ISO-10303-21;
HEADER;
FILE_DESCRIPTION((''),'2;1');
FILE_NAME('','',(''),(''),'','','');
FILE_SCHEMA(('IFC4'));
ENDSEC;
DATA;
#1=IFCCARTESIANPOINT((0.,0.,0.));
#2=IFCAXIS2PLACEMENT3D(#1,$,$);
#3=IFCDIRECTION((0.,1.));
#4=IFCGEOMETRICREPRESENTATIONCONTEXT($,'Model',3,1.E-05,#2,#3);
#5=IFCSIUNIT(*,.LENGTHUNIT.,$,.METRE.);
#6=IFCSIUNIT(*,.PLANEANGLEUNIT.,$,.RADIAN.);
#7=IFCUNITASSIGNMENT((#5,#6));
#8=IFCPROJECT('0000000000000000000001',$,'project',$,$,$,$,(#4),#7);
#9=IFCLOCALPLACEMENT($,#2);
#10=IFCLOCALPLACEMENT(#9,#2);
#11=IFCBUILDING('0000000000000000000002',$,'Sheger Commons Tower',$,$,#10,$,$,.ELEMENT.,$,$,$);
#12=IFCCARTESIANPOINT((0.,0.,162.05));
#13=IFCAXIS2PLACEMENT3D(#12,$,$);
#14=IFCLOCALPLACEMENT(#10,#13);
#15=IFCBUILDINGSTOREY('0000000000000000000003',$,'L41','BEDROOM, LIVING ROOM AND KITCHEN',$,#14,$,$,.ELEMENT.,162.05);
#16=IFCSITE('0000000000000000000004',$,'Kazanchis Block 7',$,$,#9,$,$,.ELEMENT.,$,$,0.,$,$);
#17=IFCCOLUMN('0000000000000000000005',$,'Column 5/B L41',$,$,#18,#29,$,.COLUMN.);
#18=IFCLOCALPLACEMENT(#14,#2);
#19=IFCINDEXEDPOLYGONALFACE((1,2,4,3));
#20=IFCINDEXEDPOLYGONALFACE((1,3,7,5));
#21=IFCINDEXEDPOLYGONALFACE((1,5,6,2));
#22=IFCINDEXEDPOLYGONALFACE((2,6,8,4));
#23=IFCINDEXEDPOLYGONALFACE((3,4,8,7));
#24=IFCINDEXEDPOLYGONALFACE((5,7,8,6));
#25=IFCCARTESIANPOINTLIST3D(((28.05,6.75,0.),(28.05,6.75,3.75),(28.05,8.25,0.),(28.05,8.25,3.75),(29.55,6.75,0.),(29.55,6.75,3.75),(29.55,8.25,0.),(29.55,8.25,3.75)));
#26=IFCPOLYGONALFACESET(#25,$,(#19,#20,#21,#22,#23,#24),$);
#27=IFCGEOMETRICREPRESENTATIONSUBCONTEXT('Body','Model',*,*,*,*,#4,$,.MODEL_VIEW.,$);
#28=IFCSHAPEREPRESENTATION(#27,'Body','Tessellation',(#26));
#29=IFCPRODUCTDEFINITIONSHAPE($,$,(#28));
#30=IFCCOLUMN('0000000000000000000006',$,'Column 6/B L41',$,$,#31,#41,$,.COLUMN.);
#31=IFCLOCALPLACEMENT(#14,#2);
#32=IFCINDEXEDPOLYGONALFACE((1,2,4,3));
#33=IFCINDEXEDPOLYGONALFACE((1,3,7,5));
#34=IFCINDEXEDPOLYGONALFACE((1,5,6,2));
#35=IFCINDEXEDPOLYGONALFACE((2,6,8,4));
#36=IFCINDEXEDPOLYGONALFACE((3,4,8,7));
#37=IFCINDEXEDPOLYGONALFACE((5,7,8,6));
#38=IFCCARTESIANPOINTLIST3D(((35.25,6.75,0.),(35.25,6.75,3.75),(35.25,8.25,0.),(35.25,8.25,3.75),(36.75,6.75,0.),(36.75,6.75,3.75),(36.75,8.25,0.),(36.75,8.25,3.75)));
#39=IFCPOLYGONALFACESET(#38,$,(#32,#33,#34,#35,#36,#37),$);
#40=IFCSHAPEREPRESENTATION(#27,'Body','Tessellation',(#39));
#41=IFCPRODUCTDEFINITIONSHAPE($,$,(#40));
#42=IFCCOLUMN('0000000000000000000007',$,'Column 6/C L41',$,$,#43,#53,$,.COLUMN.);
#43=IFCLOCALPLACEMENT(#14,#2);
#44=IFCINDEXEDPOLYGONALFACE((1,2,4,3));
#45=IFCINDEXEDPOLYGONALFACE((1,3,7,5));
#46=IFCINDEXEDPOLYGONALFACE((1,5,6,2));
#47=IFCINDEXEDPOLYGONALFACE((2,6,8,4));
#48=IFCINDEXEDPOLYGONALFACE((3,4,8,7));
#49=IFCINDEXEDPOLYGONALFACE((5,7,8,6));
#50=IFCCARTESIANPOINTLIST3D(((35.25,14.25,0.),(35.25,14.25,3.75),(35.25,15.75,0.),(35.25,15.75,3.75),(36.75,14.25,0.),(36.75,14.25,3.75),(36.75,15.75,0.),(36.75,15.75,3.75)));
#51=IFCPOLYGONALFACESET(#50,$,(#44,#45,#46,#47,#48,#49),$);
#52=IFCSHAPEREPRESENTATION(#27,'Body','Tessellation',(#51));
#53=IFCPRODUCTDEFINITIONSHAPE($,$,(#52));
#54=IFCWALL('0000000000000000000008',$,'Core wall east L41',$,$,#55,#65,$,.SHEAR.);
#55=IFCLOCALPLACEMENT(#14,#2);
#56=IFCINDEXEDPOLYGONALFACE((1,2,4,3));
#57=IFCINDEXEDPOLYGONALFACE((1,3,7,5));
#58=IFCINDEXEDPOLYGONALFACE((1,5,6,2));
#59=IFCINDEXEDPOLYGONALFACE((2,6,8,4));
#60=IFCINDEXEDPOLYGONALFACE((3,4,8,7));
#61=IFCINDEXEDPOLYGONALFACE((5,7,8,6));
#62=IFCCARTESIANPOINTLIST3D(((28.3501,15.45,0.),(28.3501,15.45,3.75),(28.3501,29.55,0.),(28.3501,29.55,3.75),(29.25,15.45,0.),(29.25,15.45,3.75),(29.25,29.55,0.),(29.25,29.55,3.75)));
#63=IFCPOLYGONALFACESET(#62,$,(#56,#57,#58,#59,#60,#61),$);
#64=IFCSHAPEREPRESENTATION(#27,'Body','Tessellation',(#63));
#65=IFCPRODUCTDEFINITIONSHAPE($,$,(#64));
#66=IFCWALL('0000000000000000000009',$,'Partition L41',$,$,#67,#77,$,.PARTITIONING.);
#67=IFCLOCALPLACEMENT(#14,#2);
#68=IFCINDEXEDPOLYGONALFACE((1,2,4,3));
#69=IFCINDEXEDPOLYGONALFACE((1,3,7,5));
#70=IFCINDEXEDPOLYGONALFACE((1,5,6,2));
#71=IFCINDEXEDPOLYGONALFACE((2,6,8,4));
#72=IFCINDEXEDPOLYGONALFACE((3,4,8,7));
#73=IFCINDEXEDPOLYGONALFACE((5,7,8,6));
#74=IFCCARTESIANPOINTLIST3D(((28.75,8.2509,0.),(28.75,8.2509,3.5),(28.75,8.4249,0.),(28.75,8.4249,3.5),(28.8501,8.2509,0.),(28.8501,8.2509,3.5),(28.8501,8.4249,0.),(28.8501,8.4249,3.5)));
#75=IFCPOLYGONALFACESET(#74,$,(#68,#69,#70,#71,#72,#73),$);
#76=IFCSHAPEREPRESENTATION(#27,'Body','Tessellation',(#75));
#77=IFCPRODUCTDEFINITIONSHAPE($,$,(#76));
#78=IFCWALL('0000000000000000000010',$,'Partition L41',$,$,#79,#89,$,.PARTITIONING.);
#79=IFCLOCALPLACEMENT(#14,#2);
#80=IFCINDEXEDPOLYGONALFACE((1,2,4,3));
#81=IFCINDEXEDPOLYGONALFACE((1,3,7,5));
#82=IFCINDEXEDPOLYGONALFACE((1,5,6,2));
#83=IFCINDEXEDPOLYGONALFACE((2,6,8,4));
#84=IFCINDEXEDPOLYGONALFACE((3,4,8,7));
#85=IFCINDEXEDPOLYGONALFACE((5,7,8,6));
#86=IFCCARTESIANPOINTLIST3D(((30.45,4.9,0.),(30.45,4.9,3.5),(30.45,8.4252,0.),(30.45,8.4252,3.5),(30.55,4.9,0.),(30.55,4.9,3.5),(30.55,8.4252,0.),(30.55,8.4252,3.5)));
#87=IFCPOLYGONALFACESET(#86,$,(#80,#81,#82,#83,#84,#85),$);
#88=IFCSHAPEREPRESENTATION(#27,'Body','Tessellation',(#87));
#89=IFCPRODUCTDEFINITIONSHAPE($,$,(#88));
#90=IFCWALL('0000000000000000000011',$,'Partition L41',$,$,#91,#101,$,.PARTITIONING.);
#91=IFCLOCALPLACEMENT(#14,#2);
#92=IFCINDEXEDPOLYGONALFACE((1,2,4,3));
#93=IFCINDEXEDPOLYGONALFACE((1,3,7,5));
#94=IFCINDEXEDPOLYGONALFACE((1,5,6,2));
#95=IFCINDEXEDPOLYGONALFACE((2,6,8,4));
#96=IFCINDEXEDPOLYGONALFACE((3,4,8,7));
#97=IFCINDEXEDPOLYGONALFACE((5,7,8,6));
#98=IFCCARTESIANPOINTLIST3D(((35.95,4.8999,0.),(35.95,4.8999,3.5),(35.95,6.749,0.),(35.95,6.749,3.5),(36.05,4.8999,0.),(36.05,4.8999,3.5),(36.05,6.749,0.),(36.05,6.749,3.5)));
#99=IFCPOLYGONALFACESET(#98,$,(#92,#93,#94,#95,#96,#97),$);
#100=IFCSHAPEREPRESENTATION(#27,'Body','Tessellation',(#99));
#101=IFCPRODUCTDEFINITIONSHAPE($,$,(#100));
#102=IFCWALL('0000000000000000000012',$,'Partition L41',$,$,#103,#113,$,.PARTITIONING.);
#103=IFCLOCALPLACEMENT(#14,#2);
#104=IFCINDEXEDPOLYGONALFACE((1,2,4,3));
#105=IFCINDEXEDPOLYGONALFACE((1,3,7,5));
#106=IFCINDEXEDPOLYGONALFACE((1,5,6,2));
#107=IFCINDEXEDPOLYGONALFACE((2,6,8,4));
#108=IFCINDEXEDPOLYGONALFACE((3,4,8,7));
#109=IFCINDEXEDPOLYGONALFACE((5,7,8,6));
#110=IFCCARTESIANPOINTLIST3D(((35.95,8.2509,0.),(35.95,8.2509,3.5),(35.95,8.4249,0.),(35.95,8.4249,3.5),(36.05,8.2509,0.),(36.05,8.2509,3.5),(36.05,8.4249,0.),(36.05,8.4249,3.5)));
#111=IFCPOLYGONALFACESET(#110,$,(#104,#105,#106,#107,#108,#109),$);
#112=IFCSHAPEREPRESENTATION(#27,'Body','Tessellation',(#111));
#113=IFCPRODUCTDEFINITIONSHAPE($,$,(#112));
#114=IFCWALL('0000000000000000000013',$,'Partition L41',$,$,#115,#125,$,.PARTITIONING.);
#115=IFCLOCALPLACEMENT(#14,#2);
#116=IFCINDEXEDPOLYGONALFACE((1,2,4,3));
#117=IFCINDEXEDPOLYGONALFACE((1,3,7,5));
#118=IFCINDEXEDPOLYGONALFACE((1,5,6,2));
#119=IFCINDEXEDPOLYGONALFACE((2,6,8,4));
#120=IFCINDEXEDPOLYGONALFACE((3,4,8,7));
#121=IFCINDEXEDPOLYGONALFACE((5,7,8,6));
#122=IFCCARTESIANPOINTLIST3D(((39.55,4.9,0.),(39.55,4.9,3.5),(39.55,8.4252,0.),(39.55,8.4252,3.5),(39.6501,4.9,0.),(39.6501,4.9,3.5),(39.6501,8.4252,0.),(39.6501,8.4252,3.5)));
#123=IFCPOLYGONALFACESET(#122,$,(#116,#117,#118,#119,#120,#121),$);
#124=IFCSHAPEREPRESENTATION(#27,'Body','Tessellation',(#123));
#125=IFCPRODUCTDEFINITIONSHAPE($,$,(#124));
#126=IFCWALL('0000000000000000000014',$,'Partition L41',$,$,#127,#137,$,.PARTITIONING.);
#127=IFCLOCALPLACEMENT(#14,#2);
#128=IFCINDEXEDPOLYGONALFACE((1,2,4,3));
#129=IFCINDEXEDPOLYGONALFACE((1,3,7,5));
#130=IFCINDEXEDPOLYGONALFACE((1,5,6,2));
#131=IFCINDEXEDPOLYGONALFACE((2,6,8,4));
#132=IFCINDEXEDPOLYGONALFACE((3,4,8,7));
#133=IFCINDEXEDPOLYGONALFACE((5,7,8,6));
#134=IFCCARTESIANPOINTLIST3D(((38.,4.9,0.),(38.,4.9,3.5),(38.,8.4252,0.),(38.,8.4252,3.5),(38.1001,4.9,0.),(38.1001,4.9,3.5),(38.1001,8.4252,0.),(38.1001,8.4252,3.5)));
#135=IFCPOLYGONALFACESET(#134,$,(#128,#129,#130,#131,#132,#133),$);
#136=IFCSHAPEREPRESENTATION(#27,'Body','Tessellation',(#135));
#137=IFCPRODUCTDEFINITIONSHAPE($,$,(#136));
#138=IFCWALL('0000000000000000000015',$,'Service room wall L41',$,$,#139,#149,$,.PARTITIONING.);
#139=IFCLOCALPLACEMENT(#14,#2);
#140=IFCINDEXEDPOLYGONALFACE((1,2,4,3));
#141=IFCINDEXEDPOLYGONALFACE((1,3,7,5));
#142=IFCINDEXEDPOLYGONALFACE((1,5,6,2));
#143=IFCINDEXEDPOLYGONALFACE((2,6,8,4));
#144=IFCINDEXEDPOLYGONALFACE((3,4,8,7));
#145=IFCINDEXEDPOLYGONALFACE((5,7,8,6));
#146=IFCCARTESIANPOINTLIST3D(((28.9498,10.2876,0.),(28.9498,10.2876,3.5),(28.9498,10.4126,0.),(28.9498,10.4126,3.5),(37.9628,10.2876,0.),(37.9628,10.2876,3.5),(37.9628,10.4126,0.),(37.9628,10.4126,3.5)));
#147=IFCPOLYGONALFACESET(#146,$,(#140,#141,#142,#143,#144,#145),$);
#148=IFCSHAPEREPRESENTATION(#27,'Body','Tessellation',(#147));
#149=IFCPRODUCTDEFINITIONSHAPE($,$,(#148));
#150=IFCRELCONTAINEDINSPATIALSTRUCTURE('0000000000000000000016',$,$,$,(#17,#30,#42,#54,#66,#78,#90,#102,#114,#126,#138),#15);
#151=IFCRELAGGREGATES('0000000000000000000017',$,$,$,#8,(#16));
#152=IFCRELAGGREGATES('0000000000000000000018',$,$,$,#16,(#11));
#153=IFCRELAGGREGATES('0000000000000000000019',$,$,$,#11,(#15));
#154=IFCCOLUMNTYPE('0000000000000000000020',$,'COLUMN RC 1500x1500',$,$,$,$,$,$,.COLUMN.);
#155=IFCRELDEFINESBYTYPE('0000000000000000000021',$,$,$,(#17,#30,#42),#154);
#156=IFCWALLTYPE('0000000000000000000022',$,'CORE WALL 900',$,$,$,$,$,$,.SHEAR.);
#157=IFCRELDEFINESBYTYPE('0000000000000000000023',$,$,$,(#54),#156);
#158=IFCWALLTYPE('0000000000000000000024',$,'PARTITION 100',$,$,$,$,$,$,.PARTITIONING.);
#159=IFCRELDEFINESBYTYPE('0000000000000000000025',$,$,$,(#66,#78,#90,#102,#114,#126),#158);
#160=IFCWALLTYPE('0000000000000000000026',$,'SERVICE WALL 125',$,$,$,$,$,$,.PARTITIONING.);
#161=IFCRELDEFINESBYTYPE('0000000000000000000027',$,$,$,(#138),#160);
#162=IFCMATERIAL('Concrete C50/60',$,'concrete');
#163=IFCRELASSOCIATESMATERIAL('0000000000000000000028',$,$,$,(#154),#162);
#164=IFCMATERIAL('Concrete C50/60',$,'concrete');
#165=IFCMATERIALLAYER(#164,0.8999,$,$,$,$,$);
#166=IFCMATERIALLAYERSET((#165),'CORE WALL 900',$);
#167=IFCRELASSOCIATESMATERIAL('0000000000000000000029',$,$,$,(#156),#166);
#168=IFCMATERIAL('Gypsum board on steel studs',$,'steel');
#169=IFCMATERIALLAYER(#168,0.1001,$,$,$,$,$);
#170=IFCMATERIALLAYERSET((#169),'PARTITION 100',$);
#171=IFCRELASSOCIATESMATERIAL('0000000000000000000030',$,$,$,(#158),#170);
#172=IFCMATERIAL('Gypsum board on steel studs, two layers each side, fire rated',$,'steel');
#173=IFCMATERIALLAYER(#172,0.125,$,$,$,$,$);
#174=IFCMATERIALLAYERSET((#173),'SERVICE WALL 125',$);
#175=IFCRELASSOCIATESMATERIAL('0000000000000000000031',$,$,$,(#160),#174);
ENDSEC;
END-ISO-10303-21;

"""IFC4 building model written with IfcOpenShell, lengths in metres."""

from ifc_helpers import new_model, si_unit, direction, frame, frame_2d, origin, origin_2d, place, context, subcontext, project, spatial, rectangle, extrude, material, layer, layer_set, material_profile, profile_set, type_object, element, save


model = new_model("IFC4")

# Units and contexts
model_context = context("Model", 3, precision=1e-05, world=origin(), true_north=direction((0.0, 1.0)))
body_context = subcontext(model_context, "Body", "Model", "MODEL_VIEW")
ifc_project = project(units=[si_unit("LENGTHUNIT", "METRE"), si_unit("PLANEANGLEUNIT", "RADIAN")], contexts=[model_context])

# Site, building, storey
site_placement = place(None, origin())
site = spatial("IfcSite", under=ifc_project, at=site_placement, Name="Kazanchis Block 7", CompositionType="ELEMENT", RefElevation=0.0)
building_placement = place(site_placement, origin())
building = spatial("IfcBuilding", under=site, at=building_placement, Name="Sheger Commons Tower", CompositionType="ELEMENT")
storey_placement = place(building_placement, frame((0.0, 0.0, 162.05)))
storey = spatial("IfcBuildingStorey", under=building, at=storey_placement, Name="L41", Description="BEDROOM, LIVING ROOM AND KITCHEN", CompositionType="ELEMENT", Elevation=162.05)

# Columns
ifc_material_1 = material(Name="Concrete C50/60", Category="concrete")
ifc_material_profile = material_profile(ifc_material_1, rectangle(XDim=1.5, YDim=1.5, at=origin_2d()), Name="RC 1500x1500")
ifc_profile_set = profile_set([ifc_material_profile], Name="Concrete C50/60")
column_type = type_object("IfcColumnType", Name="COLUMN RC 1500x1500", PredefinedType="COLUMN", material=ifc_profile_set)
for number, where, z_axis, x_axis, name in (
    (1, (28.8, 7.5, 0.0), (0.0, 0.0, 1.0), (1.0, 0.0, 0.0), "Column 5/B L41"),
    (2, (36.0, 7.5, 0.0), (0.0, 0.0, 1.0), (1.0, 0.0, 0.0), "Column 6/B L41"),
    (3, (36.0, 15.0, 0.0), (0.0, 0.0, 1.0), (1.0, 0.0, 0.0), "Column 6/C L41"),
):
    element("IfcColumn", number, at=place(storey_placement, frame(where, z_axis=z_axis, x_axis=x_axis)), inside=storey, type_object=column_type, Name=name, PredefinedType="COLUMN", context=body_context, shape_type="SweptSolid", body=[
        extrude(rectangle(XDim=1.5, YDim=1.5, at=origin_2d()), origin(), (0.0, 0.0, 1.0), 3.75),
    ])

# Walls
ifc_material_2 = material(Name="Concrete C50/60", Category="concrete")
ifc_layer_1 = layer(ifc_material_2, 0.8999)
ifc_layer_set_1 = layer_set([ifc_layer_1], Name="CORE WALL 900")
wall_type_1 = type_object("IfcWallType", Name="CORE WALL 900", PredefinedType="SHEAR", material=ifc_layer_set_1)
wall_1_placement = place(storey_placement, frame((28.8, 15.45, 0.0), z_axis=(0.0, 0.0, 1.0), x_axis=(0.0, 1.0, 0.0)))
element("IfcWall", 4, at=wall_1_placement, inside=storey, type_object=wall_type_1, Name="Core wall east L41", PredefinedType="SHEAR", context=body_context, shape_type="SweptSolid", body=[
    extrude(rectangle(XDim=14.1001, YDim=0.8999, at=frame_2d((7.05, 0.0))), origin(), (0.0, 0.0, 1.0), 3.75),
])
ifc_material_3 = material(Name="Gypsum board on steel studs", Category="steel")
ifc_layer_2 = layer(ifc_material_3, 0.1001)
ifc_layer_set_2 = layer_set([ifc_layer_2], Name="PARTITION 100")
wall_type_2 = type_object("IfcWallType", Name="PARTITION 100", PredefinedType="PARTITIONING", material=ifc_layer_set_2)
wall_2_placement = place(storey_placement, frame((28.8, 8.251, 0.0), z_axis=(0.0, 0.0, 1.0), x_axis=(0.0, 1.0, 0.0)))
element("IfcWall", 5, at=wall_2_placement, inside=storey, type_object=wall_type_2, Name="Partition L41", PredefinedType="PARTITIONING", context=body_context, shape_type="SweptSolid", body=[
    extrude(rectangle(XDim=0.1741, YDim=0.1001, at=frame_2d((0.0869, 0.0))), origin(), (0.0, 0.0, 1.0), 3.5),
])
wall_3_placement = place(storey_placement, frame((30.5, 4.8999, 0.0), z_axis=(0.0, 0.0, 1.0), x_axis=(0.0, 1.0, 0.0)))
element("IfcWall", 6, at=wall_3_placement, inside=storey, type_object=wall_type_2, Name="Partition L41", PredefinedType="PARTITIONING", context=body_context, shape_type="SweptSolid", body=[
    extrude(rectangle(XDim=3.5251, YDim=0.1001, at=frame_2d((1.7627, 0.0))), origin(), (0.0, 0.0, 1.0), 3.5),
])
wall_4_placement = place(storey_placement, frame((36.0, 4.8999, 0.0), z_axis=(0.0, 0.0, 1.0), x_axis=(0.0, 1.0, 0.0)))
element("IfcWall", 7, at=wall_4_placement, inside=storey, type_object=wall_type_2, Name="Partition L41", PredefinedType="PARTITIONING", context=body_context, shape_type="SweptSolid", body=[
    extrude(rectangle(XDim=1.8491, YDim=0.1001, at=frame_2d((0.9246, 0.0))), origin(), (0.0, 0.0, 1.0), 3.5),
])
wall_5_placement = place(storey_placement, frame((36.0, 8.251, 0.0), z_axis=(0.0, 0.0, 1.0), x_axis=(0.0, 1.0, 0.0)))
element("IfcWall", 8, at=wall_5_placement, inside=storey, type_object=wall_type_2, Name="Partition L41", PredefinedType="PARTITIONING", context=body_context, shape_type="SweptSolid", body=[
    extrude(rectangle(XDim=0.1741, YDim=0.1001, at=frame_2d((0.0869, 0.0))), origin(), (0.0, 0.0, 1.0), 3.5),
])
for number, where, z_axis, x_axis, name in (
    (9, (39.6001, 4.8999, 0.0), (0.0, 0.0, 1.0), (0.0, 1.0, 0.0), "Partition L41"),
    (10, (38.05, 4.8999, 0.0), (0.0, 0.0, 1.0), (0.0, 1.0, 0.0), "Partition L41"),
):
    element("IfcWall", number, at=place(storey_placement, frame(where, z_axis=z_axis, x_axis=x_axis)), inside=storey, type_object=wall_type_2, Name=name, PredefinedType="PARTITIONING", context=body_context, shape_type="SweptSolid", body=[
        extrude(rectangle(XDim=3.5251, YDim=0.1001, at=frame_2d((1.7627, 0.0))), origin(), (0.0, 0.0, 1.0), 3.5),
    ])
ifc_material_4 = material(Name="Gypsum board on steel studs, two layers each side, fire rated", Category="steel")
ifc_layer_3 = layer(ifc_material_4, 0.125)
ifc_layer_set_3 = layer_set([ifc_layer_3], Name="SERVICE WALL 125")
wall_type_3 = type_object("IfcWallType", Name="SERVICE WALL 125", PredefinedType="PARTITIONING", material=ifc_layer_set_3)
wall_6_placement = place(storey_placement, frame((28.95, 10.3501, 0.0), z_axis=(0.0, 0.0, 1.0), x_axis=(1.0, 0.0, 0.0)))
element("IfcWall", 11, at=wall_6_placement, inside=storey, type_object=wall_type_3, Name="Service room wall L41", PredefinedType="PARTITIONING", context=body_context, shape_type="SweptSolid", body=[
    extrude(rectangle(XDim=9.0129, YDim=0.125, at=frame_2d((4.5063, 0.0))), origin(), (0.0, 0.0, 1.0), 3.5),
])

save(model, "model.ifc")
